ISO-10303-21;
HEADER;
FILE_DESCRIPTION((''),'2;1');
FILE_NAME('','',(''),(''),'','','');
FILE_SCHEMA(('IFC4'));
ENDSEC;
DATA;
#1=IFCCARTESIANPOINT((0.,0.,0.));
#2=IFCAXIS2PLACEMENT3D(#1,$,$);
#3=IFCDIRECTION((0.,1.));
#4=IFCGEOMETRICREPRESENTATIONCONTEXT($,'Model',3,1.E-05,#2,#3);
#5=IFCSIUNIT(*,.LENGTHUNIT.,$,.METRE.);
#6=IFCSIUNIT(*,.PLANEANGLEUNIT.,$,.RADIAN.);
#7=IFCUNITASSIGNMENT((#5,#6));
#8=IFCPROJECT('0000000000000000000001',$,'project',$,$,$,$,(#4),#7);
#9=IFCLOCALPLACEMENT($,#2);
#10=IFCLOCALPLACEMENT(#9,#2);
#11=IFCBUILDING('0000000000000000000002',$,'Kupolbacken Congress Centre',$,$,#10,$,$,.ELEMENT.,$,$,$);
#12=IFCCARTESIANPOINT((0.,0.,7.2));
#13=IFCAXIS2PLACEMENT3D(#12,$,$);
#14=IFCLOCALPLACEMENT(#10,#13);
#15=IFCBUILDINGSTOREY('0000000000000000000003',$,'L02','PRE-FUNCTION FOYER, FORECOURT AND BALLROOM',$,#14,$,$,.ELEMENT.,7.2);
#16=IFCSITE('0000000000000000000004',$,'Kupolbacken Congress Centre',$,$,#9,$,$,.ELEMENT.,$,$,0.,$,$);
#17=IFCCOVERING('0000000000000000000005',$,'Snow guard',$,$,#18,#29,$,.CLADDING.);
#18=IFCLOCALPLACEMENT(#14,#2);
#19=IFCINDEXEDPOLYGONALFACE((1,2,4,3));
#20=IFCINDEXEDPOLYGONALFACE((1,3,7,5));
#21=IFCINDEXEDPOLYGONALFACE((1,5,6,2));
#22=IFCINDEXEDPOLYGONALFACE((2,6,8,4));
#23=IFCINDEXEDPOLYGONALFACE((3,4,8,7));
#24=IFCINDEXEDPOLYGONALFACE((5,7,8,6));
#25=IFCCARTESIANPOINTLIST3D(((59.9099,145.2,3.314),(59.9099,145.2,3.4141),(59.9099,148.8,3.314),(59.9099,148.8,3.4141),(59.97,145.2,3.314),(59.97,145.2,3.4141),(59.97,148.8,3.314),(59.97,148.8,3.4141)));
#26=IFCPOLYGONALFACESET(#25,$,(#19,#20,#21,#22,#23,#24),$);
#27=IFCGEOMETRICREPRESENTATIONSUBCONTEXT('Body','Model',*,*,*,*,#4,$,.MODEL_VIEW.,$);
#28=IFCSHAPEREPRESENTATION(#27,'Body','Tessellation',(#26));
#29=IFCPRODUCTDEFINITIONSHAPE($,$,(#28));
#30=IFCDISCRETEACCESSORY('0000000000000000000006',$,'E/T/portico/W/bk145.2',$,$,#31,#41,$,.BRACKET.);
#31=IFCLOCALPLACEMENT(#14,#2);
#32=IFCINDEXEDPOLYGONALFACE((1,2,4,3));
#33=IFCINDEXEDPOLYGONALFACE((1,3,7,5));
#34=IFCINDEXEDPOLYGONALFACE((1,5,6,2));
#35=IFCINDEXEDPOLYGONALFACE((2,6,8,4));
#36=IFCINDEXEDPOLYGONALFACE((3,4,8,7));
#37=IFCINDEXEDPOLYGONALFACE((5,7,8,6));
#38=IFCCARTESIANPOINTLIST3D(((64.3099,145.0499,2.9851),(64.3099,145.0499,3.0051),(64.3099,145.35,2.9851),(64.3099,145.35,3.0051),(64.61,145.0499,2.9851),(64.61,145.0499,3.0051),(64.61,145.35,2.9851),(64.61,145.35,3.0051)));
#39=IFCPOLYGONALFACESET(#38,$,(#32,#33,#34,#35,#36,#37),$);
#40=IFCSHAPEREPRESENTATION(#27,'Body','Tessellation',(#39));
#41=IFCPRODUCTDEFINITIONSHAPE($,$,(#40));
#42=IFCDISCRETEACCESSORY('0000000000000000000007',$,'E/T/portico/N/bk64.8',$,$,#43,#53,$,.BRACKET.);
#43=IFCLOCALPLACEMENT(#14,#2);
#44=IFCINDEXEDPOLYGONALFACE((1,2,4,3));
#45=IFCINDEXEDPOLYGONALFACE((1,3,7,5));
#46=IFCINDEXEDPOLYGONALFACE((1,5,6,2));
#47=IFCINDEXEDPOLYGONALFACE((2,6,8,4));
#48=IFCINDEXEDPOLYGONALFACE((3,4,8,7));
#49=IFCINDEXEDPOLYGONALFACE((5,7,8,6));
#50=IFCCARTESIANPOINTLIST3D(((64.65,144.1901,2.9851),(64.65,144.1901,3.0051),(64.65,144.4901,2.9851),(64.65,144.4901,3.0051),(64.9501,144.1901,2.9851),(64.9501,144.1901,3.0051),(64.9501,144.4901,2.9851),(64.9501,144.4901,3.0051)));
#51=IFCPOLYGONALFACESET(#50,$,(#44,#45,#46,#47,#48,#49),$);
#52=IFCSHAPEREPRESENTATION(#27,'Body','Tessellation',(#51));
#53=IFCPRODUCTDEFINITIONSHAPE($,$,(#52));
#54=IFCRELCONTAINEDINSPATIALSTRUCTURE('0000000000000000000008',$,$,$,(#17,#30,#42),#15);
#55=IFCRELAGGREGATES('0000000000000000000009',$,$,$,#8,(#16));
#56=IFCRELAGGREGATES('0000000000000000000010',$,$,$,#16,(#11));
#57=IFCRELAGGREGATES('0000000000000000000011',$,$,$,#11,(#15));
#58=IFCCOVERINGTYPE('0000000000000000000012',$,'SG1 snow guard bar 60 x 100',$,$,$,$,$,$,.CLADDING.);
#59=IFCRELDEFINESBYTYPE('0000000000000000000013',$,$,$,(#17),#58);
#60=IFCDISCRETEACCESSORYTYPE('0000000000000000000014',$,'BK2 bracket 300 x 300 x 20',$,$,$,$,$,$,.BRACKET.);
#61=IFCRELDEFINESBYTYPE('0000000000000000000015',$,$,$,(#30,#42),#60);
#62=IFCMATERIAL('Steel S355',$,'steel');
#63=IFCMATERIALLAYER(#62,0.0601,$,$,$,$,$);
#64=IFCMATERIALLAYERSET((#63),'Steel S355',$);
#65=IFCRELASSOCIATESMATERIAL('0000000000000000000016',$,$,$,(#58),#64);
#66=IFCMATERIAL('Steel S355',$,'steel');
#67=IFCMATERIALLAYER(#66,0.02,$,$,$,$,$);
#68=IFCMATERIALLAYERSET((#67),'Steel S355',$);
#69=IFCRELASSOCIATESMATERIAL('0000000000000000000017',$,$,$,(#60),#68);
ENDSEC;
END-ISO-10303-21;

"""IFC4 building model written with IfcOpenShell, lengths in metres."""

from ifc_helpers import new_model, si_unit, direction, frame, origin, origin_2d, place, context, subcontext, project, spatial, rectangle, extrude, material, layer, layer_set, type_object, element, save


model = new_model("IFC4")

# Units and contexts
model_context = context("Model", 3, precision=1e-05, world=origin(), true_north=direction((0.0, 1.0)))
body_context = subcontext(model_context, "Body", "Model", "MODEL_VIEW")
ifc_project = project(units=[si_unit("LENGTHUNIT", "METRE"), si_unit("PLANEANGLEUNIT", "RADIAN")], contexts=[model_context])

# Site, building, storey
site_placement = place(None, origin())
site = spatial("IfcSite", under=ifc_project, at=site_placement, Name="Kupolbacken Congress Centre", CompositionType="ELEMENT", RefElevation=0.0)
building_placement = place(site_placement, origin())
building = spatial("IfcBuilding", under=site, at=building_placement, Name="Kupolbacken Congress Centre", CompositionType="ELEMENT")
storey_placement = place(building_placement, frame((0.0, 0.0, 7.2)))
storey = spatial("IfcBuildingStorey", under=building, at=storey_placement, Name="L02", Description="PRE-FUNCTION FOYER, FORECOURT AND BALLROOM", CompositionType="ELEMENT", Elevation=7.2)

# Covering
ifc_material_1 = material(Name="Steel S355", Category="steel")
ifc_layer_1 = layer(ifc_material_1, 0.0601)
ifc_layer_set_1 = layer_set([ifc_layer_1], Name="Steel S355")
covering_type_1 = type_object("IfcCoveringType", Name="SG1 snow guard bar 60 x 100", PredefinedType="CLADDING", material=ifc_layer_set_1)
covering_1_placement = place(storey_placement, frame((59.9399, 147.0, 3.314), z_axis=(0.0, 0.0, 1.0), x_axis=(0.0, 1.0, 0.0)))
element("IfcCovering", 1, at=covering_1_placement, inside=storey, type_object=covering_type_1, Name="Snow guard", PredefinedType="CLADDING", context=body_context, shape_type="SweptSolid", body=[
    extrude(rectangle(XDim=3.6001, YDim=0.0601, at=origin_2d()), origin(), (0.0, 0.0, 1.0), 0.1001),
])

# Discrete accessories
ifc_material_2 = material(Name="Steel S355", Category="steel")
ifc_layer_2 = layer(ifc_material_2, 0.02)
ifc_layer_set_2 = layer_set([ifc_layer_2], Name="Steel S355")
discrete_accessory_type = type_object("IfcDiscreteAccessoryType", Name="BK2 bracket 300 x 300 x 20", PredefinedType="BRACKET", material=ifc_layer_set_2)
for number, where, z_axis, x_axis, name in (
    (2, (64.46, 145.2, 2.9851), (0.0, 0.0, 1.0), (0.0, 1.0, 0.0), "E/T/portico/W/bk145.2"),
    (3, (64.8, 144.3401, 2.9851), (0.0, 0.0, 1.0), (1.0, 0.0, 0.0), "E/T/portico/N/bk64.8"),
):
    element("IfcDiscreteAccessory", number, at=place(storey_placement, frame(where, z_axis=z_axis, x_axis=x_axis)), inside=storey, type_object=discrete_accessory_type, Name=name, PredefinedType="BRACKET", context=body_context, shape_type="SweptSolid", body=[
        extrude(rectangle(XDim=0.3, YDim=0.3, at=origin_2d()), origin(), (0.0, 0.0, 1.0), 0.02),
    ])

save(model, "model.ifc")
